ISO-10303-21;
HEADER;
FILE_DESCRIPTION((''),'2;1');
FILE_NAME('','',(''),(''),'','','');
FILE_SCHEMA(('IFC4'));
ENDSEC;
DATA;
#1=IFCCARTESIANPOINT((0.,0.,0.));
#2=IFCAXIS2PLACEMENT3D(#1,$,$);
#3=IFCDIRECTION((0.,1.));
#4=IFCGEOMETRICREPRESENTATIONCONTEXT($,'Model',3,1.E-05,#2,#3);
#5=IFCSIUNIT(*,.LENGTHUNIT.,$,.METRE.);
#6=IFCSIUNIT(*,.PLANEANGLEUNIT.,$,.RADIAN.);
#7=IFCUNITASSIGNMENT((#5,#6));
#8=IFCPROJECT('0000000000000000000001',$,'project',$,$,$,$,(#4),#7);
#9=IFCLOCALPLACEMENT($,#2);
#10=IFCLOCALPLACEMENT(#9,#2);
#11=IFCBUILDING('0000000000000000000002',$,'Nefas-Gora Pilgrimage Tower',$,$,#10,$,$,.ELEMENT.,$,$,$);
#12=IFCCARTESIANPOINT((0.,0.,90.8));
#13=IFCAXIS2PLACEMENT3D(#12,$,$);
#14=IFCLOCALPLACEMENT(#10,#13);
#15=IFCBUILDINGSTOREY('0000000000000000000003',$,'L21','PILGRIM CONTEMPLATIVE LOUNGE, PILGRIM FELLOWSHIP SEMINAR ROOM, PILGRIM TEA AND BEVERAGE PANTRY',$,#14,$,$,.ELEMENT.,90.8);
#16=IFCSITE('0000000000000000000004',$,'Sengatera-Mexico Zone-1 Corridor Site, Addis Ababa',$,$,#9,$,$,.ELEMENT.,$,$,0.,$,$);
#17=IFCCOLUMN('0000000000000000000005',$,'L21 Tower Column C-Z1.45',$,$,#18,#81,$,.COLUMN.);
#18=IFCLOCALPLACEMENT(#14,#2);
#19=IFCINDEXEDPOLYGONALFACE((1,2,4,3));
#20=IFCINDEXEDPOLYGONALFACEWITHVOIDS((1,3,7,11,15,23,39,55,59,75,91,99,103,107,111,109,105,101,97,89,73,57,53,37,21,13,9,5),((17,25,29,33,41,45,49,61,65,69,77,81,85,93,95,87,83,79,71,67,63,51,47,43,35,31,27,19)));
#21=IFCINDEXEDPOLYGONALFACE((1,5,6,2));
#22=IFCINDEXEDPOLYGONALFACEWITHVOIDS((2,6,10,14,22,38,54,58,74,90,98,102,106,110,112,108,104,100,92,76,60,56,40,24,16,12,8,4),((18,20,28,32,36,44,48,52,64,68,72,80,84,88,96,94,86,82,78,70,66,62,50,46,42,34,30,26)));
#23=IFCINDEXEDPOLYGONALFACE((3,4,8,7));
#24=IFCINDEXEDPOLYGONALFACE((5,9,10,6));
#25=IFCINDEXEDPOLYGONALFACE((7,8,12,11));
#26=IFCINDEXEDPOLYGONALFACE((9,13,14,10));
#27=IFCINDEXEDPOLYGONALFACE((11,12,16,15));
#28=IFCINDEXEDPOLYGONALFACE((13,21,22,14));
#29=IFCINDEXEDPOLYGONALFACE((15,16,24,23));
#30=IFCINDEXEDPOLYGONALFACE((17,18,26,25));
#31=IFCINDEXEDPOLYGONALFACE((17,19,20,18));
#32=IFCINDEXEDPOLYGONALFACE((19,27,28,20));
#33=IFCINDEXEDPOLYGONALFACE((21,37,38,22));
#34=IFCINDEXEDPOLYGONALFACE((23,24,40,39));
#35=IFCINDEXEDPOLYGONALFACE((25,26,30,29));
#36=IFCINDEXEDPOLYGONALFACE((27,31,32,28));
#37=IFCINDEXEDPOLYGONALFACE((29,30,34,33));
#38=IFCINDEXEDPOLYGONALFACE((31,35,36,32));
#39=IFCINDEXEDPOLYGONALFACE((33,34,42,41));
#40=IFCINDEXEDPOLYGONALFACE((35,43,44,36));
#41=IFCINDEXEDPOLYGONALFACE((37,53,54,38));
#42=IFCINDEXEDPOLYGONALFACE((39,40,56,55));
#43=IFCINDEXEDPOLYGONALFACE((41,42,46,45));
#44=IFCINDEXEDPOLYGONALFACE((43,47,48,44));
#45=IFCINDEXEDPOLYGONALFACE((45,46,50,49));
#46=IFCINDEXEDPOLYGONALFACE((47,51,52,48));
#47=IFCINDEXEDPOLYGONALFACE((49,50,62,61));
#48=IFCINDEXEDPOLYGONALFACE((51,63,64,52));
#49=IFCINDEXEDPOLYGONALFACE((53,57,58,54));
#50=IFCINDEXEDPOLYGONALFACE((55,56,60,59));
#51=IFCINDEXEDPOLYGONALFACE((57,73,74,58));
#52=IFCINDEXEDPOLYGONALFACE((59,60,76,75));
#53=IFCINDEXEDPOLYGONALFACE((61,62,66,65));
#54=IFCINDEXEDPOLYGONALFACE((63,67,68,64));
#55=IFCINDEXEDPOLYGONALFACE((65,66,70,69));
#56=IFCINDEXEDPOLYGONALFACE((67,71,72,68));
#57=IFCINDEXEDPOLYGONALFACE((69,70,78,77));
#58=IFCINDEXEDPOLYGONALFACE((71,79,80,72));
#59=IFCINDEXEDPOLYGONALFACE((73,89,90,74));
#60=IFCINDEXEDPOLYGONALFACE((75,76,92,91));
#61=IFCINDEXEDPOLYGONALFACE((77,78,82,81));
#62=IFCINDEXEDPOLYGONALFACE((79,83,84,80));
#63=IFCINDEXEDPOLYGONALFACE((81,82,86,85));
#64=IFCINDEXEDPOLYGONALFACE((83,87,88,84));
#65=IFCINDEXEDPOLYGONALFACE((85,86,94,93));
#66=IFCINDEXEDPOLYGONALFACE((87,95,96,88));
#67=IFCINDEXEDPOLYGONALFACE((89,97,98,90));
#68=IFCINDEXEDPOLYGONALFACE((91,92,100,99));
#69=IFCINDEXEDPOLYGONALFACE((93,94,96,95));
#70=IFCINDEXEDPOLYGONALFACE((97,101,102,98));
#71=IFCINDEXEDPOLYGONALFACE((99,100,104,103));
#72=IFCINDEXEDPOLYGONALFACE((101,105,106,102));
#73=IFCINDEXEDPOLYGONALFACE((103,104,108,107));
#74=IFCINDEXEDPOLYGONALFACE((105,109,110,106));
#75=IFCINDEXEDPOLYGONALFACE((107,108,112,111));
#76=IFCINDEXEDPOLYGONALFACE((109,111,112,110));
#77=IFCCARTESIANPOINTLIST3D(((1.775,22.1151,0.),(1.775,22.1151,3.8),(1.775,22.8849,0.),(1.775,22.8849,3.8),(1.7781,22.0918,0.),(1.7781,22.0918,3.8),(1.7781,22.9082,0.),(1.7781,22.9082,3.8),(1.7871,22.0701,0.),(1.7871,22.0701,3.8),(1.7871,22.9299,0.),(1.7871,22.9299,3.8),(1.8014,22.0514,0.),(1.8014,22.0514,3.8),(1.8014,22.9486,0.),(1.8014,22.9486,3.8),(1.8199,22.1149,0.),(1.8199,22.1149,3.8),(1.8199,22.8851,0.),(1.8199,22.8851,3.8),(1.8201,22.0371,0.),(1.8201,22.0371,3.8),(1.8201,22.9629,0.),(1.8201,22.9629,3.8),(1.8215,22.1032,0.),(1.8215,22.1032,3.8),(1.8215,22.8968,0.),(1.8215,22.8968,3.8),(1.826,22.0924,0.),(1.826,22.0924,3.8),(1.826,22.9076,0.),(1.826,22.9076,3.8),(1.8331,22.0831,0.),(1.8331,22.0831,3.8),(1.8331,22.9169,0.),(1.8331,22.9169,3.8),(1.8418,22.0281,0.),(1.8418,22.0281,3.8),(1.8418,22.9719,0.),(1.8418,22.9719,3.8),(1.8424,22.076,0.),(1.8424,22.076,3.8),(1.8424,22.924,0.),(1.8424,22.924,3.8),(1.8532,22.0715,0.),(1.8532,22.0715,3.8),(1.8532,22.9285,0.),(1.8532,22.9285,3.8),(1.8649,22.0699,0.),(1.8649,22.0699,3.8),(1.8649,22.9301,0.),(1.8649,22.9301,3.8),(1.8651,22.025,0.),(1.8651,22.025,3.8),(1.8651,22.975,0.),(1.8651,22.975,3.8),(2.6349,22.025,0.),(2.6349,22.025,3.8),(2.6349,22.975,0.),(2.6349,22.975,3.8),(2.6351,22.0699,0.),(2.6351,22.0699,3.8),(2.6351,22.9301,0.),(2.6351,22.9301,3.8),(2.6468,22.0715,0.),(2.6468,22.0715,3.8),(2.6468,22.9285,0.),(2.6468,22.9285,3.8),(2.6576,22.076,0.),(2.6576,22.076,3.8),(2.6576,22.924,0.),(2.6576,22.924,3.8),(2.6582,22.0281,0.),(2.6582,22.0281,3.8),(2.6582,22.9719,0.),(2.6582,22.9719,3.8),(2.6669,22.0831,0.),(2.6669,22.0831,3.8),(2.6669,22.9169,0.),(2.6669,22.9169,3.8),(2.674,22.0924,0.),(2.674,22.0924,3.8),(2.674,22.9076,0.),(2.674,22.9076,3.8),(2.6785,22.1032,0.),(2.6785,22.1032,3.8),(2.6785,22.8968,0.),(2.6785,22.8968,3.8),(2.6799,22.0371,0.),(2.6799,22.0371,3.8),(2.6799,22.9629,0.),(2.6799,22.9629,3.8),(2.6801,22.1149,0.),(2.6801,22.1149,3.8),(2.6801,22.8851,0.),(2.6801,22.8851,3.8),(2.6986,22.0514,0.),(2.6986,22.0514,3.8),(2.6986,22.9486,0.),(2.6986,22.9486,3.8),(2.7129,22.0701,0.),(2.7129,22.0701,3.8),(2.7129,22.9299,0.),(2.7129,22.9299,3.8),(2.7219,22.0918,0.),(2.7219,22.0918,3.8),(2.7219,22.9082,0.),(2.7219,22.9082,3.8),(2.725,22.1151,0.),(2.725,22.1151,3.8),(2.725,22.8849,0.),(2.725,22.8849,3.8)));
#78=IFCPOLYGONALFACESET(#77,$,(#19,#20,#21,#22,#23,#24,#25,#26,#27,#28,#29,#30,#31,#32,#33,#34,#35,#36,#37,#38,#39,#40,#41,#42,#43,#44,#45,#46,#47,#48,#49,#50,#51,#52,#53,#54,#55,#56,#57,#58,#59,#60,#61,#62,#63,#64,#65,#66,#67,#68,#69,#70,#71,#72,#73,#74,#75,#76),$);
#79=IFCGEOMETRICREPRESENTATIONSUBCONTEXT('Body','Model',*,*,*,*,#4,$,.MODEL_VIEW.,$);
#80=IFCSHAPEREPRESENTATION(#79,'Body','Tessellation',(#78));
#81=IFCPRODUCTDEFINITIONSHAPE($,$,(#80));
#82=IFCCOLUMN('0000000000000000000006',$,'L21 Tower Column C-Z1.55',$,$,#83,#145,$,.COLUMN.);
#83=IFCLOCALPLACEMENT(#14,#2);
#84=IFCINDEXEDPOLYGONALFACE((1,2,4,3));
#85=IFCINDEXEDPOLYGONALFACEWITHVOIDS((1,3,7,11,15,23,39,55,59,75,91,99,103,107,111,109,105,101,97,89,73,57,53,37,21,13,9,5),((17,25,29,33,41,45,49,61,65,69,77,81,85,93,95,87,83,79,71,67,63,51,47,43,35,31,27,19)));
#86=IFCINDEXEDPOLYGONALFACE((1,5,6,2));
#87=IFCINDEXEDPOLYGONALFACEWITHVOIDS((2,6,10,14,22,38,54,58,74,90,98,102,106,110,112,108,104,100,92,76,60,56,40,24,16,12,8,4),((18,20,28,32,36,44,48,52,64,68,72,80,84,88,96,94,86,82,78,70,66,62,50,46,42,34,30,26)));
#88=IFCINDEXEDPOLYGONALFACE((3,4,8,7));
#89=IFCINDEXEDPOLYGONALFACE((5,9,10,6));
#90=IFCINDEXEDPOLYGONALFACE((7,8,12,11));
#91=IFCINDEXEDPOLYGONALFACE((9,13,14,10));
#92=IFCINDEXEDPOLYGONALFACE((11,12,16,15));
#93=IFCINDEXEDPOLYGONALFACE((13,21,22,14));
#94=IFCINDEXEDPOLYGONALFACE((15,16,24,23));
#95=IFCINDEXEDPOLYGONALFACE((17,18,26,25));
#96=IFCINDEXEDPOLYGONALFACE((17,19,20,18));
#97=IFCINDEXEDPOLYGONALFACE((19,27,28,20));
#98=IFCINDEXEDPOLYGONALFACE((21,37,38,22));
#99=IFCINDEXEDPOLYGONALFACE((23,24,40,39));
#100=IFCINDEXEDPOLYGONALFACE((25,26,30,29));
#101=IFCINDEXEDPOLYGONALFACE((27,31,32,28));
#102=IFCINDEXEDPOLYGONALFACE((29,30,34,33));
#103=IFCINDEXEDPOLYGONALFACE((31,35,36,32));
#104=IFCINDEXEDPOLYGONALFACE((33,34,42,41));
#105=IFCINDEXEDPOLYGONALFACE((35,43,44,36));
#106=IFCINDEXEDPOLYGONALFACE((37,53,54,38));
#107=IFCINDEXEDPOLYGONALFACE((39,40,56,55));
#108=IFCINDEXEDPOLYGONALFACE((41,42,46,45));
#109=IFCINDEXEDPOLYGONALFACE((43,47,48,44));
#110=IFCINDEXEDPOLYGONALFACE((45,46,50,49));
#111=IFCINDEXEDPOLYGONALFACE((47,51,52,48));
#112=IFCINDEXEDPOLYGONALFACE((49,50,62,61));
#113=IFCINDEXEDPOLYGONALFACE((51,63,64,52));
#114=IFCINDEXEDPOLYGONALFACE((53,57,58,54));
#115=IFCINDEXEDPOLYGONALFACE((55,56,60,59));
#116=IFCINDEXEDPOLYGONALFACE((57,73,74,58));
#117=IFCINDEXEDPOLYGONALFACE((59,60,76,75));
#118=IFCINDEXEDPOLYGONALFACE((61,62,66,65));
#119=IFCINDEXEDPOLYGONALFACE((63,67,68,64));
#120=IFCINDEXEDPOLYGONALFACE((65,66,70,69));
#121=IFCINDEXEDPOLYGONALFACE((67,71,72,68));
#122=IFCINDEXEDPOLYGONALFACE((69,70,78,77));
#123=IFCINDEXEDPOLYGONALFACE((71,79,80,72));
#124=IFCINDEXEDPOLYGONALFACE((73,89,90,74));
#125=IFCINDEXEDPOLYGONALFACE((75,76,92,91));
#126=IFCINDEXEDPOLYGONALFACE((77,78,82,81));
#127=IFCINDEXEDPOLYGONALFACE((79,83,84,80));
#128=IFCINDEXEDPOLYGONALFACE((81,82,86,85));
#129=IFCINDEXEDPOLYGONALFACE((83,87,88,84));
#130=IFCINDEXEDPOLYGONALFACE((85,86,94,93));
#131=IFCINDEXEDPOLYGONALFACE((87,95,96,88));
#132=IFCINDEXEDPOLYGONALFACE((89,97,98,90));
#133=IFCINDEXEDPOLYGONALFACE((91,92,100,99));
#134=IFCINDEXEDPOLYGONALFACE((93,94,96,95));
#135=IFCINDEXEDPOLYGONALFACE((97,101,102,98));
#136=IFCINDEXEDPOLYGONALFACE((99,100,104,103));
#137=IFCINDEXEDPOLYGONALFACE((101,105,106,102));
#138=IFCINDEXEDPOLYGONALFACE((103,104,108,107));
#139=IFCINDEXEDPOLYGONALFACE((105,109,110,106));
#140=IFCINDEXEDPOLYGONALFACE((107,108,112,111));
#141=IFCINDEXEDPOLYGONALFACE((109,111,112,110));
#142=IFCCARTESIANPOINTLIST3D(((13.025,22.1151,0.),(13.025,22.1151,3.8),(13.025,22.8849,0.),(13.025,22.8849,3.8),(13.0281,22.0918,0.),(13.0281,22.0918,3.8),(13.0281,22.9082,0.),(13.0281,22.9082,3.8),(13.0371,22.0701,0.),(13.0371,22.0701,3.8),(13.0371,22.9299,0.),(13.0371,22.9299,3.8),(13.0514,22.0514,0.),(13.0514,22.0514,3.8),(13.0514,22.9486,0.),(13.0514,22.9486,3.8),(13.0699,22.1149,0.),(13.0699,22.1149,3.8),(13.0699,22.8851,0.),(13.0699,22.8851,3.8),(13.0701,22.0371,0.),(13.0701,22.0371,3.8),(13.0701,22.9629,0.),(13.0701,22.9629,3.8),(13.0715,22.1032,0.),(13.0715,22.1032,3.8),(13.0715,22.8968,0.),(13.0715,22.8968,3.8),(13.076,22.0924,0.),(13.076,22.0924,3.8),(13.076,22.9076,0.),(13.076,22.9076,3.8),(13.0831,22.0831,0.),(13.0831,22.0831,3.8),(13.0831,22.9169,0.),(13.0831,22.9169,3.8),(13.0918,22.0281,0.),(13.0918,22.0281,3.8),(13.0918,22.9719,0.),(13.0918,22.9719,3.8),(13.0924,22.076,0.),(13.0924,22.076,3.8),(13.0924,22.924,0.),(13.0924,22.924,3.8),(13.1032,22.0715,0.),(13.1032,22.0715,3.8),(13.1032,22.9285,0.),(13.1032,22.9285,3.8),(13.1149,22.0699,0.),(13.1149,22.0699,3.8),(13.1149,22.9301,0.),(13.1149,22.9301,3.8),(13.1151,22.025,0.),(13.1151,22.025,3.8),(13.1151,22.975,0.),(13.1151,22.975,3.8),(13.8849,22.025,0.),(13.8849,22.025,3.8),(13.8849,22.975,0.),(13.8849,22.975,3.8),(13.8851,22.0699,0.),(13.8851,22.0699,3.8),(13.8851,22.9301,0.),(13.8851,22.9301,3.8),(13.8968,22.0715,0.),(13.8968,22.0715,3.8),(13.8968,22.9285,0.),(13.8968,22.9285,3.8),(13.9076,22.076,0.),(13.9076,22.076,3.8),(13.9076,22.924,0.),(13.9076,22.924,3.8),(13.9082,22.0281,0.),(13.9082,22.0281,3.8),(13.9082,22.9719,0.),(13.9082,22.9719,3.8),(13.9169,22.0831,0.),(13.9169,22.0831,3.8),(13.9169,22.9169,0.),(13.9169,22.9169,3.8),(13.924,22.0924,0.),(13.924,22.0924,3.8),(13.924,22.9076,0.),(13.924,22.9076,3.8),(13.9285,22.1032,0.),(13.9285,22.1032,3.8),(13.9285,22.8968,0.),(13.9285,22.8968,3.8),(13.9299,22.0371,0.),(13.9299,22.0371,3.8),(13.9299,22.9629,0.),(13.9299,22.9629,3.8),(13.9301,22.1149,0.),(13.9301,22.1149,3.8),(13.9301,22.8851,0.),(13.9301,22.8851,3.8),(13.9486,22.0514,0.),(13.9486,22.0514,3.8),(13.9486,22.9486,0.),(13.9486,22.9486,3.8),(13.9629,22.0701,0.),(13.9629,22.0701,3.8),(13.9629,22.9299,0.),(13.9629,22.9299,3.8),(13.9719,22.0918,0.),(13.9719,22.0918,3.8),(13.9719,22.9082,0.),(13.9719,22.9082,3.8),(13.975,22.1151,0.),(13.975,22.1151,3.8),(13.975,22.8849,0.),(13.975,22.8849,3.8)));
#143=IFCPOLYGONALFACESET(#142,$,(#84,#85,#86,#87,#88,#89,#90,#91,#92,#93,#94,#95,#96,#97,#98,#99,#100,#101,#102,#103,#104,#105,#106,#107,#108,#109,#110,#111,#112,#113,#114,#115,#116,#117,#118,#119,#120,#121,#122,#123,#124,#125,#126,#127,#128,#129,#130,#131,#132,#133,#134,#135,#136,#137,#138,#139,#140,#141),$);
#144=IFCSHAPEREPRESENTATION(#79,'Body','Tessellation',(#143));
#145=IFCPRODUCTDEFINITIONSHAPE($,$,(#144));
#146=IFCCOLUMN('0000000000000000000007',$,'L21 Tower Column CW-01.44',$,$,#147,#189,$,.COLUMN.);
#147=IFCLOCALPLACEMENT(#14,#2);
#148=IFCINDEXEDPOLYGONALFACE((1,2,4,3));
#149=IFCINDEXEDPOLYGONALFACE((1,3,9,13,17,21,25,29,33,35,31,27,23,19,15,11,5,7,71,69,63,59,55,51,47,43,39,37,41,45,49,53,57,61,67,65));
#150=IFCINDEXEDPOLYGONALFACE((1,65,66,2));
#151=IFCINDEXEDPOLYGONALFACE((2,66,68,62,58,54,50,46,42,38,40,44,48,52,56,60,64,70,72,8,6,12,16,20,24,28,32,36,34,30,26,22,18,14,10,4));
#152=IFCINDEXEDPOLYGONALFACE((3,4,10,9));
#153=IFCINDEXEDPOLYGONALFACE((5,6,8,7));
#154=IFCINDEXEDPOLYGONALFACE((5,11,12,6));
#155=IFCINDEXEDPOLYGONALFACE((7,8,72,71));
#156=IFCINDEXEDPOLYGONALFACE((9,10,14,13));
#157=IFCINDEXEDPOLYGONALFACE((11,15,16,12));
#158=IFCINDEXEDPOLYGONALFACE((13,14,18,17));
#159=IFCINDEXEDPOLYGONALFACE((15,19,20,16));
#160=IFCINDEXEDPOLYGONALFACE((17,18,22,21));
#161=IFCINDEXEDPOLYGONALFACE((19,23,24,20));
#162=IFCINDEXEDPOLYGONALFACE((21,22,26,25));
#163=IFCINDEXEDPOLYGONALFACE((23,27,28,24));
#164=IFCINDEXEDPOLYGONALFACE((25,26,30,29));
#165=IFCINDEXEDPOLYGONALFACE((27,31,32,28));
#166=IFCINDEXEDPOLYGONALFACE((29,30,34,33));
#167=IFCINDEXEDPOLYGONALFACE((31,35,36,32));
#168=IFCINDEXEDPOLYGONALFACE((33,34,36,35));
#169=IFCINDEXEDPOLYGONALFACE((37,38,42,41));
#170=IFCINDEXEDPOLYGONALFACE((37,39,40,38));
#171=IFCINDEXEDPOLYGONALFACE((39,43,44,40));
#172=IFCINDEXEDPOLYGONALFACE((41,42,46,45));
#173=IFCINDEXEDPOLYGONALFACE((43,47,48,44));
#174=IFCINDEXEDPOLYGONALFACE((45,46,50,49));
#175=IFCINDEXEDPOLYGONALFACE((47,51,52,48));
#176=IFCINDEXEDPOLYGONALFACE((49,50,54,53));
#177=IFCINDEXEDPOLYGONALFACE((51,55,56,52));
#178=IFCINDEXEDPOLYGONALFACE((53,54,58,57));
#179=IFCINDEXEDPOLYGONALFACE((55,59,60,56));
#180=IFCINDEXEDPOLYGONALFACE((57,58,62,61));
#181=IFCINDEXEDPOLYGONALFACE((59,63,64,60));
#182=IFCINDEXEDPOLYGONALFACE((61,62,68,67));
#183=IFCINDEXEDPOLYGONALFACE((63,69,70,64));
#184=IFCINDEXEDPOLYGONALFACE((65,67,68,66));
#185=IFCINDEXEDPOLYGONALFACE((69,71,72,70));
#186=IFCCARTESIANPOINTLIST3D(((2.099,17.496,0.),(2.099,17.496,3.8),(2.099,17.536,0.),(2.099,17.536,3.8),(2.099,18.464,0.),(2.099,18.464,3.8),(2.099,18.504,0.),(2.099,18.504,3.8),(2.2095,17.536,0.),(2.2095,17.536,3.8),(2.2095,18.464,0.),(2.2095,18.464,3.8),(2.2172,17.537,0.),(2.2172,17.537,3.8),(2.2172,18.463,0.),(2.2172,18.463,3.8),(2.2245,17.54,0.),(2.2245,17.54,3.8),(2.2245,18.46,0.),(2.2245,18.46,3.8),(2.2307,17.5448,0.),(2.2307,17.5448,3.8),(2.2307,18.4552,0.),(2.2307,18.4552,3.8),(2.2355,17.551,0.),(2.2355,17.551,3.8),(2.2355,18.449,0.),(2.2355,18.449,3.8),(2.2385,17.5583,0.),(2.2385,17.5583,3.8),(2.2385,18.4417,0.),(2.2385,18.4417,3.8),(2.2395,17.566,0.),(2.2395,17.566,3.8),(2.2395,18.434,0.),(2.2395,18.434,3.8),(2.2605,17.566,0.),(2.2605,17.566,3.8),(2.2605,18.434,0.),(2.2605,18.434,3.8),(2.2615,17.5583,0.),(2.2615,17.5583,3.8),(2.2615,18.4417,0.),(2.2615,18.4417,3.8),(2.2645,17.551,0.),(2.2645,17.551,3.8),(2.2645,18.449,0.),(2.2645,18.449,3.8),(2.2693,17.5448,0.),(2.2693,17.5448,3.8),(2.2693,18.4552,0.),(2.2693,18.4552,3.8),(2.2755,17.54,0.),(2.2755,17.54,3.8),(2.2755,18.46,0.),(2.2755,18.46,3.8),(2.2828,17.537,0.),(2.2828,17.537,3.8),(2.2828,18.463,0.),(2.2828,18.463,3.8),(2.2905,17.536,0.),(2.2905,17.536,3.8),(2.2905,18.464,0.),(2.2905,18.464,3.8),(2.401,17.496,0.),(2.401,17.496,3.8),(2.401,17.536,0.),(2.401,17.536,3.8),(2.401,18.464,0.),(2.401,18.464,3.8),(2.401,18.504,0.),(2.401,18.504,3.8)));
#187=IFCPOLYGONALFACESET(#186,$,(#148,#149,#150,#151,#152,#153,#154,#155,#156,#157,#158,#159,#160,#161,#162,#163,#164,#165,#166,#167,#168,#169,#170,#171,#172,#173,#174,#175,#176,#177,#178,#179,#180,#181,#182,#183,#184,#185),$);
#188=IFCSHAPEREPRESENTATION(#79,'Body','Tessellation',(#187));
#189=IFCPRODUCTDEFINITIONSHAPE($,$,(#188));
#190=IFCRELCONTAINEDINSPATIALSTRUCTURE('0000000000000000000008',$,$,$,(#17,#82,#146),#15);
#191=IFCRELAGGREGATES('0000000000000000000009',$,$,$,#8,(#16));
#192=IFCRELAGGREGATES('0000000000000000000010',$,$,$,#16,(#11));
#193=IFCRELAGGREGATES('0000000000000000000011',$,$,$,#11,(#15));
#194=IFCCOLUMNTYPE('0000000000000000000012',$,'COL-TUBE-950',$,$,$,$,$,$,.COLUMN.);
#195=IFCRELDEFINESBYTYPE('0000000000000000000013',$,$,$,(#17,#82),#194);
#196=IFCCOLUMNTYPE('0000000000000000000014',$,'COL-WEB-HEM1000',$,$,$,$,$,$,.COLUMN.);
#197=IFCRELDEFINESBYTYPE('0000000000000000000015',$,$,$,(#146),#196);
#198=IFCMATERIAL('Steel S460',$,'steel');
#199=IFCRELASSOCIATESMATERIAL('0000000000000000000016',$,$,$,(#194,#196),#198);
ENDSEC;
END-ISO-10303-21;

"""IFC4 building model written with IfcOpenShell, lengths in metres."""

from ifc_helpers import new_model, si_unit, direction, frame, origin, origin_2d, place, context, subcontext, project, spatial, hollow_rectangle, i_section, extrude, source, transform, mapped, material, material_profile, profile_set, type_object, element, save


model = new_model("IFC4")

# Units and contexts
model_context = context("Model", 3, precision=1e-05, world=origin(), true_north=direction((0.0, 1.0)))
body_context = subcontext(model_context, "Body", "Model", "MODEL_VIEW")
ifc_project = project(units=[si_unit("LENGTHUNIT", "METRE"), si_unit("PLANEANGLEUNIT", "RADIAN")], contexts=[model_context])

# Site, building, storey
site_placement = place(None, origin())
site = spatial("IfcSite", under=ifc_project, at=site_placement, Name="Sengatera-Mexico Zone-1 Corridor Site, Addis Ababa", CompositionType="ELEMENT", RefElevation=0.0)
building_placement = place(site_placement, origin())
building = spatial("IfcBuilding", under=site, at=building_placement, Name="Nefas-Gora Pilgrimage Tower", CompositionType="ELEMENT")
storey_placement = place(building_placement, frame((0.0, 0.0, 90.8)))
storey = spatial("IfcBuildingStorey", under=building, at=storey_placement, Name="L21", Description="PILGRIM CONTEMPLATIVE LOUNGE, PILGRIM FELLOWSHIP SEMINAR ROOM, PILGRIM TEA AND BEVERAGE PANTRY", CompositionType="ELEMENT", Elevation=90.8)

# Columns
ifc_material_1 = material(Name="Steel S460", Category="steel")
ifc_material_profile_1 = material_profile(ifc_material_1, hollow_rectangle(XDim=0.95, YDim=0.95, WallThickness=0.0449, InnerFilletRadius=0.0449, OuterFilletRadius=0.0901, at=origin_2d()), Name="BOX 950x950x45")
ifc_profile_set_1 = profile_set([ifc_material_profile_1], Name="Steel S460")
column_type_1 = type_object("IfcColumnType", Name="COL-TUBE-950", PredefinedType="COLUMN", material=ifc_profile_set_1)
shared_shape_1 = source(origin(), body_context, "Body", "SweptSolid", [
    extrude(hollow_rectangle(XDim=0.95, YDim=0.95, WallThickness=0.0449, InnerFilletRadius=0.0449, OuterFilletRadius=0.0901, at=origin_2d()), origin(), (0.0, 0.0, 1.0), 3.8),
])
for number, where, z_axis, x_axis, name in (
    (1, (2.25, 22.5, 0.0), (0.0, 0.0, 1.0), (1.0, 0.0, 0.0), "L21 Tower Column C-Z1.45"),
    (2, (13.5, 22.5, 0.0), (0.0, 0.0, 1.0), (1.0, 0.0, 0.0), "L21 Tower Column C-Z1.55"),
):
    element("IfcColumn", number, at=place(storey_placement, frame(where, z_axis=z_axis, x_axis=x_axis)), inside=storey, type_object=column_type_1, Name=name, PredefinedType="COLUMN", context=body_context, shape_type="MappedRepresentation", body=[
        mapped(shared_shape_1, transform((0.0, 0.0, 0.0), x_axis=(1.0, 0.0, 0.0), y_axis=(0.0, 1.0, 0.0), z_axis=(0.0, 0.0, 1.0), scale=1.0)),
    ])
ifc_material_profile_2 = material_profile(ifc_material_1, i_section(OverallWidth=0.302, OverallDepth=1.0081, WebThickness=0.021, FlangeThickness=0.04, FilletRadius=0.03, at=origin_2d()), Name="HEM 1000")
ifc_profile_set_2 = profile_set([ifc_material_profile_2], Name="Steel S460")
column_type_2 = type_object("IfcColumnType", Name="COL-WEB-HEM1000", PredefinedType="COLUMN", material=ifc_profile_set_2)
shared_shape_2 = source(origin(), body_context, "Body", "SweptSolid", [
    extrude(i_section(OverallWidth=0.302, OverallDepth=1.0081, WebThickness=0.021, FlangeThickness=0.04, FilletRadius=0.03, at=origin_2d()), origin(), (0.0, 0.0, 1.0), 3.8),
])
for number, where, z_axis, x_axis, name in (
    (3, (2.25, 18.0, 0.0), (0.0, 0.0, 1.0), (1.0, 0.0, 0.0), "L21 Tower Column CW-01.44"),
):
    element("IfcColumn", number, at=place(storey_placement, frame(where, z_axis=z_axis, x_axis=x_axis)), inside=storey, type_object=column_type_2, Name=name, PredefinedType="COLUMN", context=body_context, shape_type="MappedRepresentation", body=[
        mapped(shared_shape_2, transform((0.0, 0.0, 0.0), x_axis=(1.0, 0.0, 0.0), y_axis=(0.0, 1.0, 0.0), z_axis=(0.0, 0.0, 1.0), scale=1.0)),
    ])

save(model, "model.ifc")
